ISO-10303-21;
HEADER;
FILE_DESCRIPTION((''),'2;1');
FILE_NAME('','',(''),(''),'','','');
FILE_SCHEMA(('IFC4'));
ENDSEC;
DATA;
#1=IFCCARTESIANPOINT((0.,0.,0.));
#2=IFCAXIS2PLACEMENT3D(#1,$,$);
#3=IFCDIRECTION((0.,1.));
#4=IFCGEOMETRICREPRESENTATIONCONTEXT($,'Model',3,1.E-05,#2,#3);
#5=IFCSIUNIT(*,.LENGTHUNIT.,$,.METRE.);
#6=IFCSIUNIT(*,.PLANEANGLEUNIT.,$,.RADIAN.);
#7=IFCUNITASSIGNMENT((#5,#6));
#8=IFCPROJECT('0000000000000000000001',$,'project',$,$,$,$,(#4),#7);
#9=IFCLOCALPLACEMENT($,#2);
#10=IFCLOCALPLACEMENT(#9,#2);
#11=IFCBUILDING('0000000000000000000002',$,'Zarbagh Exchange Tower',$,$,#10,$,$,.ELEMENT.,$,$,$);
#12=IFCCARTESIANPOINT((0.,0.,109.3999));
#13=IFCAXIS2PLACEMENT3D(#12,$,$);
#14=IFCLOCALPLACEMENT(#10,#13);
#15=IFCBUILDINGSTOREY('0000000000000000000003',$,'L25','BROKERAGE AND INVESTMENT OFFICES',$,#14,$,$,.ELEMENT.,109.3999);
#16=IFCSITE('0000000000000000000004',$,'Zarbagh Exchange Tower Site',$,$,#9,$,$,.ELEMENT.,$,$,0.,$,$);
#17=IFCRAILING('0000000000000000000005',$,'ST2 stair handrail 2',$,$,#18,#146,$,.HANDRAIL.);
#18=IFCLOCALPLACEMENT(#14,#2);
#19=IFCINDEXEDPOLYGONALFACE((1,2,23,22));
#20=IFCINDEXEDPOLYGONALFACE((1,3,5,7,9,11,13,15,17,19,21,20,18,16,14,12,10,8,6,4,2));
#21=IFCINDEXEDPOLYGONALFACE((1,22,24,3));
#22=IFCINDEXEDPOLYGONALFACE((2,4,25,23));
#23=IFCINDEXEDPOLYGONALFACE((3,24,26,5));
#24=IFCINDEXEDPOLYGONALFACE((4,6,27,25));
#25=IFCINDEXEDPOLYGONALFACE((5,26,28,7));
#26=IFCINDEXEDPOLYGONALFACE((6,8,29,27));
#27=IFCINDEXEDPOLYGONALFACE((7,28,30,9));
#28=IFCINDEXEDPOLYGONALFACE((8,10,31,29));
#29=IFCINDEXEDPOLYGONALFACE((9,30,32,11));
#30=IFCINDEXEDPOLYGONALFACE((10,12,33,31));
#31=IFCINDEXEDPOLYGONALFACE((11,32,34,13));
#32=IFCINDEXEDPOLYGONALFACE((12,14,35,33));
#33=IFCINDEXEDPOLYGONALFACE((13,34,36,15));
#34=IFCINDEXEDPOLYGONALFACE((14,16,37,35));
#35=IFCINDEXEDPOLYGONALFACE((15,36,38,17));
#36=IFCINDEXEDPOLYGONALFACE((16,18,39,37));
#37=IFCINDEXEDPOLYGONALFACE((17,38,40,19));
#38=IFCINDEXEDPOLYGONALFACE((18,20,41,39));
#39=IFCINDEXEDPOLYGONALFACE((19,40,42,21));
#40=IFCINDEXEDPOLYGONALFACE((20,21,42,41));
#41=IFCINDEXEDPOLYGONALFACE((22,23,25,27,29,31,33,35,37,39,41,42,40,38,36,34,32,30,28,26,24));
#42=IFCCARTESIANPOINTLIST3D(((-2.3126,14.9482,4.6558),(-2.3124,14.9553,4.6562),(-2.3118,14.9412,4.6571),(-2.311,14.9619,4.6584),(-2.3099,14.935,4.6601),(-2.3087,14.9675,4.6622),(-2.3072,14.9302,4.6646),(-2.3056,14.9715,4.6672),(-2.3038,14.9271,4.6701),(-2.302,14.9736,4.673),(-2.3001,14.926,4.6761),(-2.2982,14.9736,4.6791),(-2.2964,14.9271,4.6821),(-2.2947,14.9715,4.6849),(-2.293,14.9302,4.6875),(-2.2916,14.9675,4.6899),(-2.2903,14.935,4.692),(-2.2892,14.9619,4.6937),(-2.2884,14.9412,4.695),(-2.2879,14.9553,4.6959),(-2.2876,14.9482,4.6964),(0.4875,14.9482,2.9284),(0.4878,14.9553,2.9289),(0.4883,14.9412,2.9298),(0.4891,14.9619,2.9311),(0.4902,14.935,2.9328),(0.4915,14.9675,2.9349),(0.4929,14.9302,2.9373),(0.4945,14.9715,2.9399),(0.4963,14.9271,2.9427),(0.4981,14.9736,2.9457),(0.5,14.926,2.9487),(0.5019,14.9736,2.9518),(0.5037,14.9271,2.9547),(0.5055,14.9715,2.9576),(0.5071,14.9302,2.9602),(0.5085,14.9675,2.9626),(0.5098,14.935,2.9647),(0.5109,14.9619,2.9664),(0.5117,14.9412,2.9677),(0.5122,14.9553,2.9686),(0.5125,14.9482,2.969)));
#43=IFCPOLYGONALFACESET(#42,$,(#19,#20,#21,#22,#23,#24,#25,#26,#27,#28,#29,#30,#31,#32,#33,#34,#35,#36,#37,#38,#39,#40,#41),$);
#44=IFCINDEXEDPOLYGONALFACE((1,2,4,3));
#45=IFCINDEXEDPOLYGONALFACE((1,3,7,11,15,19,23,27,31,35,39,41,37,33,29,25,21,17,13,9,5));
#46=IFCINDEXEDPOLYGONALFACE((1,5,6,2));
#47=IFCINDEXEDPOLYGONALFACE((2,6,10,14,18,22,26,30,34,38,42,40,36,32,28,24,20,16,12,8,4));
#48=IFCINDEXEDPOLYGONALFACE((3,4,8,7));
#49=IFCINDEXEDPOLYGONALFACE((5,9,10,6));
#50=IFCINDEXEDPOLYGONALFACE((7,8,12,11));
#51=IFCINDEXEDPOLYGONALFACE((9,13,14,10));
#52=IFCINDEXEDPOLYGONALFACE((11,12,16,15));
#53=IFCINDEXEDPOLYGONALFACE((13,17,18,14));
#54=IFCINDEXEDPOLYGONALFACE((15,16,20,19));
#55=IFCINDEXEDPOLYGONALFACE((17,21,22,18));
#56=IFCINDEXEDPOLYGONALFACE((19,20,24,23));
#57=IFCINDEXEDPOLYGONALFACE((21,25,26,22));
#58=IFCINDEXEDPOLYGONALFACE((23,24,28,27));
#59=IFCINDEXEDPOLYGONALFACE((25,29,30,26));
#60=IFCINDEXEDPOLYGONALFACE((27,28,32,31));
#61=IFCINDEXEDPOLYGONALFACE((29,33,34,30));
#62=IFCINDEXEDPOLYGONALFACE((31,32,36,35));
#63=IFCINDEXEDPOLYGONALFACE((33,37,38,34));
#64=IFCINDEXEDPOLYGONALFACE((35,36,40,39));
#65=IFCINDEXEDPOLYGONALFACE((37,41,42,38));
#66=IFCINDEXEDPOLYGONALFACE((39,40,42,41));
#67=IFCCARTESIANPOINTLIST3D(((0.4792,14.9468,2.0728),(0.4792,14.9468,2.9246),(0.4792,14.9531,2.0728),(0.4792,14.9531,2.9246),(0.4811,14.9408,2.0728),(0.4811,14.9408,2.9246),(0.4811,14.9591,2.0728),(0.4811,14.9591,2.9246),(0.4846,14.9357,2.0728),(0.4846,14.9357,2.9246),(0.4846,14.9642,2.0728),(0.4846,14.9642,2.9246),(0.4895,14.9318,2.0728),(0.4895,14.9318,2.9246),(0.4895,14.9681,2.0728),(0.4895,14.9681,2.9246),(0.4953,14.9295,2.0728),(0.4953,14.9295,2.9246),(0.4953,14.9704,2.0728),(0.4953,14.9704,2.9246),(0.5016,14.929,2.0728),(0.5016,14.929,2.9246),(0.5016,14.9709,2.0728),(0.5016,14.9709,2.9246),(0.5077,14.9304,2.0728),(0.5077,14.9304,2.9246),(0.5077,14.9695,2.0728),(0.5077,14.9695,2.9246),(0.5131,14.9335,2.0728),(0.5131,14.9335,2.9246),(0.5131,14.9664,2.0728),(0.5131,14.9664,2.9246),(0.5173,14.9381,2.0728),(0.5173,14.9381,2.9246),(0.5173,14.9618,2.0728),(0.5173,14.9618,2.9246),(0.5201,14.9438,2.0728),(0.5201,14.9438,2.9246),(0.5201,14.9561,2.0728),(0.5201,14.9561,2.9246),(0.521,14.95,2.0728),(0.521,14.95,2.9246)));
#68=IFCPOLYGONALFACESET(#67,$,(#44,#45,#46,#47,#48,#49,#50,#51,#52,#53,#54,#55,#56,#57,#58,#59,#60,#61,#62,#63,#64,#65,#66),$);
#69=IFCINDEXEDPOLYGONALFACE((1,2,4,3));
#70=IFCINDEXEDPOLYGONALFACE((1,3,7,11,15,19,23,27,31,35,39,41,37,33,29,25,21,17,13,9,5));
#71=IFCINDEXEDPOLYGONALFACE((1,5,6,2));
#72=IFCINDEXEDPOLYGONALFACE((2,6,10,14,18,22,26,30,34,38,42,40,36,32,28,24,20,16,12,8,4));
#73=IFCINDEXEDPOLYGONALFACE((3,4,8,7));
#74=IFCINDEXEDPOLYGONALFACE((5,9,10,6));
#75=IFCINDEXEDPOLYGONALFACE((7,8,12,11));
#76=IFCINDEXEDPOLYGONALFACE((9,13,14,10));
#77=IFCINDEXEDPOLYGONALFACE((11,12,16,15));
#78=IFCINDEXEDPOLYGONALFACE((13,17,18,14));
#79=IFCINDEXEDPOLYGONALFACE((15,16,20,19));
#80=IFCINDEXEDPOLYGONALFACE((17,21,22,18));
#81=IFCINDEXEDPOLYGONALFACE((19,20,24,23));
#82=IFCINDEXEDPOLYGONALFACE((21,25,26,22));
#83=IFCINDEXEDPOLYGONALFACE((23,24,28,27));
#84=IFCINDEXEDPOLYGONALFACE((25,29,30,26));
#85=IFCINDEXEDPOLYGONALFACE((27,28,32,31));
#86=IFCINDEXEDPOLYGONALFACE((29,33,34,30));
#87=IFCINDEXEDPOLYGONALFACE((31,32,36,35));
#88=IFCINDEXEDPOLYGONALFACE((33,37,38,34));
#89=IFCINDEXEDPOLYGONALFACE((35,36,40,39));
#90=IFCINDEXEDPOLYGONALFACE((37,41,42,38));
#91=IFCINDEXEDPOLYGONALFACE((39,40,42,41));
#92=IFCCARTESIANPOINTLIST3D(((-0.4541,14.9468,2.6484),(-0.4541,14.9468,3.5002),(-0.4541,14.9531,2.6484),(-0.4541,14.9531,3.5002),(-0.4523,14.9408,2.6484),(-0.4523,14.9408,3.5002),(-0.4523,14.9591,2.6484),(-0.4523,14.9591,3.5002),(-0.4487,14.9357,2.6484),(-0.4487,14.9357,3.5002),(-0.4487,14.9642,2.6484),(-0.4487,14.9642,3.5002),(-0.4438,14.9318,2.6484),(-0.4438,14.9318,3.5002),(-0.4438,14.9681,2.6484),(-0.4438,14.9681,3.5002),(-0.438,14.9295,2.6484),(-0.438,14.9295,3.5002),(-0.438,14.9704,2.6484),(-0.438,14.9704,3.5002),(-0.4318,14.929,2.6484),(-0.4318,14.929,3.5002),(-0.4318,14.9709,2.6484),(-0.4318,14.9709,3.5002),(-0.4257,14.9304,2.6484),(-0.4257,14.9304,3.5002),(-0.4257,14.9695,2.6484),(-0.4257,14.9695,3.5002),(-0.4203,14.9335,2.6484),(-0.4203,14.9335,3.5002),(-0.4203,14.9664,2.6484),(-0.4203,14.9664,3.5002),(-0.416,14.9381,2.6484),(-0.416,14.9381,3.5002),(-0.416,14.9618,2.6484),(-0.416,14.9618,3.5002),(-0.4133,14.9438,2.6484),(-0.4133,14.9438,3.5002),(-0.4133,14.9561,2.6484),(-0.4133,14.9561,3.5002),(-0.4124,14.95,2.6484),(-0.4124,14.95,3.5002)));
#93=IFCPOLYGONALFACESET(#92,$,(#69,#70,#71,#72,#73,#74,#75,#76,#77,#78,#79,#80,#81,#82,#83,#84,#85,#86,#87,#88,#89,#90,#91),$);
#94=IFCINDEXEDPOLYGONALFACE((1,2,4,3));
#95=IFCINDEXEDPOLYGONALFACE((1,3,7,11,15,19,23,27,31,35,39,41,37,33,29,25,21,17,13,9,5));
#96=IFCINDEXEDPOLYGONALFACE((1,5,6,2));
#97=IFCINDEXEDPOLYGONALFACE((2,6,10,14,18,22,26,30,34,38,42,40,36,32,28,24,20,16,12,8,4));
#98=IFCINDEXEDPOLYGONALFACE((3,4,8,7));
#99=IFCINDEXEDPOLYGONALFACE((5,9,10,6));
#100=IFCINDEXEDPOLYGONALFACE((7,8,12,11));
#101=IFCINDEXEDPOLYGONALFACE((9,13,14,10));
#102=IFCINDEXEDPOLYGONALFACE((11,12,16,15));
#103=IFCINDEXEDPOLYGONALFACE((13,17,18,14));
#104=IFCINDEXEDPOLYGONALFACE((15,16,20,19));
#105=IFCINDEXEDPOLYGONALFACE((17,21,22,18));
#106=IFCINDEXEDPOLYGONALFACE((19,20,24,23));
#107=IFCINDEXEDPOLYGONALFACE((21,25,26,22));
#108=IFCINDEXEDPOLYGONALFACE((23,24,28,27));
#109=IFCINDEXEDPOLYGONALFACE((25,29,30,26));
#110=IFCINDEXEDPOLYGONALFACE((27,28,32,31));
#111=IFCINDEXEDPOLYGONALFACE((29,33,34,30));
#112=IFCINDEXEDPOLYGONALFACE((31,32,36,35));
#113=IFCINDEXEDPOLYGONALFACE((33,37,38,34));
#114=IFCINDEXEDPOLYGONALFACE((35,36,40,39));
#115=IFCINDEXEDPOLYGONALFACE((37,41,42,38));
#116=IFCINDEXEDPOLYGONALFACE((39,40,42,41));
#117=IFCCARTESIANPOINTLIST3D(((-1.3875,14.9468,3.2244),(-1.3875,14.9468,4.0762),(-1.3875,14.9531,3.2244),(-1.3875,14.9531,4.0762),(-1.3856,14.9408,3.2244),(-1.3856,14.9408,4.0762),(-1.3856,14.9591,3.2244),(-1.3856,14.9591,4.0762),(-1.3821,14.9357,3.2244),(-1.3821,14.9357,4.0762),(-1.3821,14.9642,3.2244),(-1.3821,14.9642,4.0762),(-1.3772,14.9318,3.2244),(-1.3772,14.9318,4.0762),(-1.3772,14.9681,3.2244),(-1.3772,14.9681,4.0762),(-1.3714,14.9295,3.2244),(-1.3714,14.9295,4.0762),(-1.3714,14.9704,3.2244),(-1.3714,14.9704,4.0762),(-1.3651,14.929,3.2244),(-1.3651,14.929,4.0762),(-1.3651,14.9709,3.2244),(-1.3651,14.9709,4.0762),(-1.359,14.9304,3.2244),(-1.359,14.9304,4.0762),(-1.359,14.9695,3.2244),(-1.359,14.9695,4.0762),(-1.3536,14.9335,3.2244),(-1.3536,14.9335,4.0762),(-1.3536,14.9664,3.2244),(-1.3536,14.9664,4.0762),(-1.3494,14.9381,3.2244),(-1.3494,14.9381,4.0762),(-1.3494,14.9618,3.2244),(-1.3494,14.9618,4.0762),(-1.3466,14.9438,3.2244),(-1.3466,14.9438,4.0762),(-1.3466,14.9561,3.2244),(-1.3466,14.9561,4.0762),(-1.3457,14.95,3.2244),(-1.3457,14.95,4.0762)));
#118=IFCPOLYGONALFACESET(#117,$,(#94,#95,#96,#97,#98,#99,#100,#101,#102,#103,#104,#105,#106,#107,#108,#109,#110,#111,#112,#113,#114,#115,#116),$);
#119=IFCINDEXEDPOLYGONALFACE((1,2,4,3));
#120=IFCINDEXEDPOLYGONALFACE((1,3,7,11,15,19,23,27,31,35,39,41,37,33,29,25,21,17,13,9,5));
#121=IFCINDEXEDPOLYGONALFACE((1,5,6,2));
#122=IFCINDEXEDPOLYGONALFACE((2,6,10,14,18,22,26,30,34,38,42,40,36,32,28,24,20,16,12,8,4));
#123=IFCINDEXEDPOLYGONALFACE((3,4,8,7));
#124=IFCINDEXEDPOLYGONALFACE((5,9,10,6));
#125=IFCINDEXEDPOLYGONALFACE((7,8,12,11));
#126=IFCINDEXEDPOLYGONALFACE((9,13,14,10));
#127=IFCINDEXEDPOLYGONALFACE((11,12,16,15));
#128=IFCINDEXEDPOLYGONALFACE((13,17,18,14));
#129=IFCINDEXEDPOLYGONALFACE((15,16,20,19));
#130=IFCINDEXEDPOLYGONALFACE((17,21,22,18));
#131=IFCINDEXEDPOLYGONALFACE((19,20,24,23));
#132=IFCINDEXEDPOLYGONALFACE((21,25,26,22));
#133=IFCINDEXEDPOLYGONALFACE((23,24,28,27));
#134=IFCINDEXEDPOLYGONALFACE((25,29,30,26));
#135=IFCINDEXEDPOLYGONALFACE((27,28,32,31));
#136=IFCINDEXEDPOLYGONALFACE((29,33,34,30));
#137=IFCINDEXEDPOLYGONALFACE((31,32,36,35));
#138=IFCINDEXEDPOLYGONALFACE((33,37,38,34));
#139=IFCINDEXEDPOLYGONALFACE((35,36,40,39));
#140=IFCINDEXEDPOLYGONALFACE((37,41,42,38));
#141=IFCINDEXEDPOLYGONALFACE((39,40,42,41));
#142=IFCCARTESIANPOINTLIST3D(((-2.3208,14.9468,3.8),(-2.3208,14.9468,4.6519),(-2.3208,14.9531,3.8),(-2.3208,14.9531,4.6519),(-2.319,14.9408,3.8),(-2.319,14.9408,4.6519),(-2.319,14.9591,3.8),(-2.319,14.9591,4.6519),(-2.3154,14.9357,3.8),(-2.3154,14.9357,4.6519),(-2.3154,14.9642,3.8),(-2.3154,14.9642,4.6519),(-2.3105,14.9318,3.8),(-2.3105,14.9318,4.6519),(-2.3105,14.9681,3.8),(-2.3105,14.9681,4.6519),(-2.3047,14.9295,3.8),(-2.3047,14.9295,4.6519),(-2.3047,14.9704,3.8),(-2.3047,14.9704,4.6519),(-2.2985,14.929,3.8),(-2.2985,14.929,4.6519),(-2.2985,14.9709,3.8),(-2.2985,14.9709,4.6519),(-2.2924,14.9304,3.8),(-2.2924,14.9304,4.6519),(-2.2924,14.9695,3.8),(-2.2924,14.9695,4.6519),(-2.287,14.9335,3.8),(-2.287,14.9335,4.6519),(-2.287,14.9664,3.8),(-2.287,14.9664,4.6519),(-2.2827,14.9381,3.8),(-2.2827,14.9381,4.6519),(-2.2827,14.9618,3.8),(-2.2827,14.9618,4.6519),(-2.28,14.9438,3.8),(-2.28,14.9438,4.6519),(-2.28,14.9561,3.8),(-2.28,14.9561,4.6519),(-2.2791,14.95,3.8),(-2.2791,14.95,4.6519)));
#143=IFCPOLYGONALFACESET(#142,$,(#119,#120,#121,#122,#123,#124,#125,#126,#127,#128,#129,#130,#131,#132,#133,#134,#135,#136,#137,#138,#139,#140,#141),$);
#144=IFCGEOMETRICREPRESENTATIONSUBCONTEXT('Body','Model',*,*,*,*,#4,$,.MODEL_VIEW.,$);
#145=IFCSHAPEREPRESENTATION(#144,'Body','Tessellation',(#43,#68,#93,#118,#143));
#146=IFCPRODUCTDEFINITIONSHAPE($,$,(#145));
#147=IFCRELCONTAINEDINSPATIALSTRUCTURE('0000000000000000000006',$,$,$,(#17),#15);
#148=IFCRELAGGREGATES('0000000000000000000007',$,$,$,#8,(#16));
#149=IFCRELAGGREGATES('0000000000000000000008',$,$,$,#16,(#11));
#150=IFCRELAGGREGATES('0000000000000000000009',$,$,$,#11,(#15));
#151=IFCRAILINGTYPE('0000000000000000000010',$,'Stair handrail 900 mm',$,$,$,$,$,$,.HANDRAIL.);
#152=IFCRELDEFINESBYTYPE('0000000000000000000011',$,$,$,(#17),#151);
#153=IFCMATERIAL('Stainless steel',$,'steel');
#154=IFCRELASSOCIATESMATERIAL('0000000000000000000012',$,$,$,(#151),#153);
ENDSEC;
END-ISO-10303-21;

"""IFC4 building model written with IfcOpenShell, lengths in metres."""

from ifc_helpers import new_model, si_unit, direction, frame, origin, origin_2d, place, context, subcontext, project, spatial, circle, extrude, material, type_object, element, save


model = new_model("IFC4")

# Units and contexts
model_context = context("Model", 3, precision=1e-05, world=origin(), true_north=direction((0.0, 1.0)))
body_context = subcontext(model_context, "Body", "Model", "MODEL_VIEW")
ifc_project = project(units=[si_unit("LENGTHUNIT", "METRE"), si_unit("PLANEANGLEUNIT", "RADIAN")], contexts=[model_context])

# Site, building, storey
site_placement = place(None, origin())
site = spatial("IfcSite", under=ifc_project, at=site_placement, Name="Zarbagh Exchange Tower Site", CompositionType="ELEMENT", RefElevation=0.0)
building_placement = place(site_placement, origin())
building = spatial("IfcBuilding", under=site, at=building_placement, Name="Zarbagh Exchange Tower", CompositionType="ELEMENT")
storey_placement = place(building_placement, frame((0.0, 0.0, 109.3999)))
storey = spatial("IfcBuildingStorey", under=building, at=storey_placement, Name="L25", Description="BROKERAGE AND INVESTMENT OFFICES", CompositionType="ELEMENT", Elevation=109.3999)

# Shared definitions
ifc_material_1 = material(Name="Stainless steel", Category="steel")

# Railing
railing_type = type_object("IfcRailingType", Name="Stair handrail 900 mm", PredefinedType="HANDRAIL", material=ifc_material_1)
for number, where, name in (
    (1, (0.5, 14.95, 2.0728), "ST2 stair handrail 2"),
):
    element("IfcRailing", number, at=place(storey_placement, frame(where)), inside=storey, type_object=railing_type, Name=name, PredefinedType="HANDRAIL", context=body_context, shape_type="SweptSolid", body=[
        extrude(circle(Radius=0.0239, at=origin_2d()), frame((0.0, 0.0, 0.876), z_axis=(-0.85109, 0.0, 0.52502), x_axis=(0.0, -1.0, 0.0)), (0.0, 0.0, 1.0), 3.29),
        extrude(circle(Radius=0.021, at=origin_2d()), origin(), (0.0, 0.0, 1.0), 0.8518),
        extrude(circle(Radius=0.021, at=origin_2d()), frame((-0.9333, 0.0, 0.5757)), (0.0, 0.0, 1.0), 0.8518),
        extrude(circle(Radius=0.021, at=origin_2d()), frame((-1.8667, 0.0, 1.1516)), (0.0, 0.0, 1.0), 0.8518),
        extrude(circle(Radius=0.021, at=origin_2d()), frame((-2.8, 0.0, 1.7273)), (0.0, 0.0, 1.0), 0.8518),
    ])

save(model, "model.ifc")
